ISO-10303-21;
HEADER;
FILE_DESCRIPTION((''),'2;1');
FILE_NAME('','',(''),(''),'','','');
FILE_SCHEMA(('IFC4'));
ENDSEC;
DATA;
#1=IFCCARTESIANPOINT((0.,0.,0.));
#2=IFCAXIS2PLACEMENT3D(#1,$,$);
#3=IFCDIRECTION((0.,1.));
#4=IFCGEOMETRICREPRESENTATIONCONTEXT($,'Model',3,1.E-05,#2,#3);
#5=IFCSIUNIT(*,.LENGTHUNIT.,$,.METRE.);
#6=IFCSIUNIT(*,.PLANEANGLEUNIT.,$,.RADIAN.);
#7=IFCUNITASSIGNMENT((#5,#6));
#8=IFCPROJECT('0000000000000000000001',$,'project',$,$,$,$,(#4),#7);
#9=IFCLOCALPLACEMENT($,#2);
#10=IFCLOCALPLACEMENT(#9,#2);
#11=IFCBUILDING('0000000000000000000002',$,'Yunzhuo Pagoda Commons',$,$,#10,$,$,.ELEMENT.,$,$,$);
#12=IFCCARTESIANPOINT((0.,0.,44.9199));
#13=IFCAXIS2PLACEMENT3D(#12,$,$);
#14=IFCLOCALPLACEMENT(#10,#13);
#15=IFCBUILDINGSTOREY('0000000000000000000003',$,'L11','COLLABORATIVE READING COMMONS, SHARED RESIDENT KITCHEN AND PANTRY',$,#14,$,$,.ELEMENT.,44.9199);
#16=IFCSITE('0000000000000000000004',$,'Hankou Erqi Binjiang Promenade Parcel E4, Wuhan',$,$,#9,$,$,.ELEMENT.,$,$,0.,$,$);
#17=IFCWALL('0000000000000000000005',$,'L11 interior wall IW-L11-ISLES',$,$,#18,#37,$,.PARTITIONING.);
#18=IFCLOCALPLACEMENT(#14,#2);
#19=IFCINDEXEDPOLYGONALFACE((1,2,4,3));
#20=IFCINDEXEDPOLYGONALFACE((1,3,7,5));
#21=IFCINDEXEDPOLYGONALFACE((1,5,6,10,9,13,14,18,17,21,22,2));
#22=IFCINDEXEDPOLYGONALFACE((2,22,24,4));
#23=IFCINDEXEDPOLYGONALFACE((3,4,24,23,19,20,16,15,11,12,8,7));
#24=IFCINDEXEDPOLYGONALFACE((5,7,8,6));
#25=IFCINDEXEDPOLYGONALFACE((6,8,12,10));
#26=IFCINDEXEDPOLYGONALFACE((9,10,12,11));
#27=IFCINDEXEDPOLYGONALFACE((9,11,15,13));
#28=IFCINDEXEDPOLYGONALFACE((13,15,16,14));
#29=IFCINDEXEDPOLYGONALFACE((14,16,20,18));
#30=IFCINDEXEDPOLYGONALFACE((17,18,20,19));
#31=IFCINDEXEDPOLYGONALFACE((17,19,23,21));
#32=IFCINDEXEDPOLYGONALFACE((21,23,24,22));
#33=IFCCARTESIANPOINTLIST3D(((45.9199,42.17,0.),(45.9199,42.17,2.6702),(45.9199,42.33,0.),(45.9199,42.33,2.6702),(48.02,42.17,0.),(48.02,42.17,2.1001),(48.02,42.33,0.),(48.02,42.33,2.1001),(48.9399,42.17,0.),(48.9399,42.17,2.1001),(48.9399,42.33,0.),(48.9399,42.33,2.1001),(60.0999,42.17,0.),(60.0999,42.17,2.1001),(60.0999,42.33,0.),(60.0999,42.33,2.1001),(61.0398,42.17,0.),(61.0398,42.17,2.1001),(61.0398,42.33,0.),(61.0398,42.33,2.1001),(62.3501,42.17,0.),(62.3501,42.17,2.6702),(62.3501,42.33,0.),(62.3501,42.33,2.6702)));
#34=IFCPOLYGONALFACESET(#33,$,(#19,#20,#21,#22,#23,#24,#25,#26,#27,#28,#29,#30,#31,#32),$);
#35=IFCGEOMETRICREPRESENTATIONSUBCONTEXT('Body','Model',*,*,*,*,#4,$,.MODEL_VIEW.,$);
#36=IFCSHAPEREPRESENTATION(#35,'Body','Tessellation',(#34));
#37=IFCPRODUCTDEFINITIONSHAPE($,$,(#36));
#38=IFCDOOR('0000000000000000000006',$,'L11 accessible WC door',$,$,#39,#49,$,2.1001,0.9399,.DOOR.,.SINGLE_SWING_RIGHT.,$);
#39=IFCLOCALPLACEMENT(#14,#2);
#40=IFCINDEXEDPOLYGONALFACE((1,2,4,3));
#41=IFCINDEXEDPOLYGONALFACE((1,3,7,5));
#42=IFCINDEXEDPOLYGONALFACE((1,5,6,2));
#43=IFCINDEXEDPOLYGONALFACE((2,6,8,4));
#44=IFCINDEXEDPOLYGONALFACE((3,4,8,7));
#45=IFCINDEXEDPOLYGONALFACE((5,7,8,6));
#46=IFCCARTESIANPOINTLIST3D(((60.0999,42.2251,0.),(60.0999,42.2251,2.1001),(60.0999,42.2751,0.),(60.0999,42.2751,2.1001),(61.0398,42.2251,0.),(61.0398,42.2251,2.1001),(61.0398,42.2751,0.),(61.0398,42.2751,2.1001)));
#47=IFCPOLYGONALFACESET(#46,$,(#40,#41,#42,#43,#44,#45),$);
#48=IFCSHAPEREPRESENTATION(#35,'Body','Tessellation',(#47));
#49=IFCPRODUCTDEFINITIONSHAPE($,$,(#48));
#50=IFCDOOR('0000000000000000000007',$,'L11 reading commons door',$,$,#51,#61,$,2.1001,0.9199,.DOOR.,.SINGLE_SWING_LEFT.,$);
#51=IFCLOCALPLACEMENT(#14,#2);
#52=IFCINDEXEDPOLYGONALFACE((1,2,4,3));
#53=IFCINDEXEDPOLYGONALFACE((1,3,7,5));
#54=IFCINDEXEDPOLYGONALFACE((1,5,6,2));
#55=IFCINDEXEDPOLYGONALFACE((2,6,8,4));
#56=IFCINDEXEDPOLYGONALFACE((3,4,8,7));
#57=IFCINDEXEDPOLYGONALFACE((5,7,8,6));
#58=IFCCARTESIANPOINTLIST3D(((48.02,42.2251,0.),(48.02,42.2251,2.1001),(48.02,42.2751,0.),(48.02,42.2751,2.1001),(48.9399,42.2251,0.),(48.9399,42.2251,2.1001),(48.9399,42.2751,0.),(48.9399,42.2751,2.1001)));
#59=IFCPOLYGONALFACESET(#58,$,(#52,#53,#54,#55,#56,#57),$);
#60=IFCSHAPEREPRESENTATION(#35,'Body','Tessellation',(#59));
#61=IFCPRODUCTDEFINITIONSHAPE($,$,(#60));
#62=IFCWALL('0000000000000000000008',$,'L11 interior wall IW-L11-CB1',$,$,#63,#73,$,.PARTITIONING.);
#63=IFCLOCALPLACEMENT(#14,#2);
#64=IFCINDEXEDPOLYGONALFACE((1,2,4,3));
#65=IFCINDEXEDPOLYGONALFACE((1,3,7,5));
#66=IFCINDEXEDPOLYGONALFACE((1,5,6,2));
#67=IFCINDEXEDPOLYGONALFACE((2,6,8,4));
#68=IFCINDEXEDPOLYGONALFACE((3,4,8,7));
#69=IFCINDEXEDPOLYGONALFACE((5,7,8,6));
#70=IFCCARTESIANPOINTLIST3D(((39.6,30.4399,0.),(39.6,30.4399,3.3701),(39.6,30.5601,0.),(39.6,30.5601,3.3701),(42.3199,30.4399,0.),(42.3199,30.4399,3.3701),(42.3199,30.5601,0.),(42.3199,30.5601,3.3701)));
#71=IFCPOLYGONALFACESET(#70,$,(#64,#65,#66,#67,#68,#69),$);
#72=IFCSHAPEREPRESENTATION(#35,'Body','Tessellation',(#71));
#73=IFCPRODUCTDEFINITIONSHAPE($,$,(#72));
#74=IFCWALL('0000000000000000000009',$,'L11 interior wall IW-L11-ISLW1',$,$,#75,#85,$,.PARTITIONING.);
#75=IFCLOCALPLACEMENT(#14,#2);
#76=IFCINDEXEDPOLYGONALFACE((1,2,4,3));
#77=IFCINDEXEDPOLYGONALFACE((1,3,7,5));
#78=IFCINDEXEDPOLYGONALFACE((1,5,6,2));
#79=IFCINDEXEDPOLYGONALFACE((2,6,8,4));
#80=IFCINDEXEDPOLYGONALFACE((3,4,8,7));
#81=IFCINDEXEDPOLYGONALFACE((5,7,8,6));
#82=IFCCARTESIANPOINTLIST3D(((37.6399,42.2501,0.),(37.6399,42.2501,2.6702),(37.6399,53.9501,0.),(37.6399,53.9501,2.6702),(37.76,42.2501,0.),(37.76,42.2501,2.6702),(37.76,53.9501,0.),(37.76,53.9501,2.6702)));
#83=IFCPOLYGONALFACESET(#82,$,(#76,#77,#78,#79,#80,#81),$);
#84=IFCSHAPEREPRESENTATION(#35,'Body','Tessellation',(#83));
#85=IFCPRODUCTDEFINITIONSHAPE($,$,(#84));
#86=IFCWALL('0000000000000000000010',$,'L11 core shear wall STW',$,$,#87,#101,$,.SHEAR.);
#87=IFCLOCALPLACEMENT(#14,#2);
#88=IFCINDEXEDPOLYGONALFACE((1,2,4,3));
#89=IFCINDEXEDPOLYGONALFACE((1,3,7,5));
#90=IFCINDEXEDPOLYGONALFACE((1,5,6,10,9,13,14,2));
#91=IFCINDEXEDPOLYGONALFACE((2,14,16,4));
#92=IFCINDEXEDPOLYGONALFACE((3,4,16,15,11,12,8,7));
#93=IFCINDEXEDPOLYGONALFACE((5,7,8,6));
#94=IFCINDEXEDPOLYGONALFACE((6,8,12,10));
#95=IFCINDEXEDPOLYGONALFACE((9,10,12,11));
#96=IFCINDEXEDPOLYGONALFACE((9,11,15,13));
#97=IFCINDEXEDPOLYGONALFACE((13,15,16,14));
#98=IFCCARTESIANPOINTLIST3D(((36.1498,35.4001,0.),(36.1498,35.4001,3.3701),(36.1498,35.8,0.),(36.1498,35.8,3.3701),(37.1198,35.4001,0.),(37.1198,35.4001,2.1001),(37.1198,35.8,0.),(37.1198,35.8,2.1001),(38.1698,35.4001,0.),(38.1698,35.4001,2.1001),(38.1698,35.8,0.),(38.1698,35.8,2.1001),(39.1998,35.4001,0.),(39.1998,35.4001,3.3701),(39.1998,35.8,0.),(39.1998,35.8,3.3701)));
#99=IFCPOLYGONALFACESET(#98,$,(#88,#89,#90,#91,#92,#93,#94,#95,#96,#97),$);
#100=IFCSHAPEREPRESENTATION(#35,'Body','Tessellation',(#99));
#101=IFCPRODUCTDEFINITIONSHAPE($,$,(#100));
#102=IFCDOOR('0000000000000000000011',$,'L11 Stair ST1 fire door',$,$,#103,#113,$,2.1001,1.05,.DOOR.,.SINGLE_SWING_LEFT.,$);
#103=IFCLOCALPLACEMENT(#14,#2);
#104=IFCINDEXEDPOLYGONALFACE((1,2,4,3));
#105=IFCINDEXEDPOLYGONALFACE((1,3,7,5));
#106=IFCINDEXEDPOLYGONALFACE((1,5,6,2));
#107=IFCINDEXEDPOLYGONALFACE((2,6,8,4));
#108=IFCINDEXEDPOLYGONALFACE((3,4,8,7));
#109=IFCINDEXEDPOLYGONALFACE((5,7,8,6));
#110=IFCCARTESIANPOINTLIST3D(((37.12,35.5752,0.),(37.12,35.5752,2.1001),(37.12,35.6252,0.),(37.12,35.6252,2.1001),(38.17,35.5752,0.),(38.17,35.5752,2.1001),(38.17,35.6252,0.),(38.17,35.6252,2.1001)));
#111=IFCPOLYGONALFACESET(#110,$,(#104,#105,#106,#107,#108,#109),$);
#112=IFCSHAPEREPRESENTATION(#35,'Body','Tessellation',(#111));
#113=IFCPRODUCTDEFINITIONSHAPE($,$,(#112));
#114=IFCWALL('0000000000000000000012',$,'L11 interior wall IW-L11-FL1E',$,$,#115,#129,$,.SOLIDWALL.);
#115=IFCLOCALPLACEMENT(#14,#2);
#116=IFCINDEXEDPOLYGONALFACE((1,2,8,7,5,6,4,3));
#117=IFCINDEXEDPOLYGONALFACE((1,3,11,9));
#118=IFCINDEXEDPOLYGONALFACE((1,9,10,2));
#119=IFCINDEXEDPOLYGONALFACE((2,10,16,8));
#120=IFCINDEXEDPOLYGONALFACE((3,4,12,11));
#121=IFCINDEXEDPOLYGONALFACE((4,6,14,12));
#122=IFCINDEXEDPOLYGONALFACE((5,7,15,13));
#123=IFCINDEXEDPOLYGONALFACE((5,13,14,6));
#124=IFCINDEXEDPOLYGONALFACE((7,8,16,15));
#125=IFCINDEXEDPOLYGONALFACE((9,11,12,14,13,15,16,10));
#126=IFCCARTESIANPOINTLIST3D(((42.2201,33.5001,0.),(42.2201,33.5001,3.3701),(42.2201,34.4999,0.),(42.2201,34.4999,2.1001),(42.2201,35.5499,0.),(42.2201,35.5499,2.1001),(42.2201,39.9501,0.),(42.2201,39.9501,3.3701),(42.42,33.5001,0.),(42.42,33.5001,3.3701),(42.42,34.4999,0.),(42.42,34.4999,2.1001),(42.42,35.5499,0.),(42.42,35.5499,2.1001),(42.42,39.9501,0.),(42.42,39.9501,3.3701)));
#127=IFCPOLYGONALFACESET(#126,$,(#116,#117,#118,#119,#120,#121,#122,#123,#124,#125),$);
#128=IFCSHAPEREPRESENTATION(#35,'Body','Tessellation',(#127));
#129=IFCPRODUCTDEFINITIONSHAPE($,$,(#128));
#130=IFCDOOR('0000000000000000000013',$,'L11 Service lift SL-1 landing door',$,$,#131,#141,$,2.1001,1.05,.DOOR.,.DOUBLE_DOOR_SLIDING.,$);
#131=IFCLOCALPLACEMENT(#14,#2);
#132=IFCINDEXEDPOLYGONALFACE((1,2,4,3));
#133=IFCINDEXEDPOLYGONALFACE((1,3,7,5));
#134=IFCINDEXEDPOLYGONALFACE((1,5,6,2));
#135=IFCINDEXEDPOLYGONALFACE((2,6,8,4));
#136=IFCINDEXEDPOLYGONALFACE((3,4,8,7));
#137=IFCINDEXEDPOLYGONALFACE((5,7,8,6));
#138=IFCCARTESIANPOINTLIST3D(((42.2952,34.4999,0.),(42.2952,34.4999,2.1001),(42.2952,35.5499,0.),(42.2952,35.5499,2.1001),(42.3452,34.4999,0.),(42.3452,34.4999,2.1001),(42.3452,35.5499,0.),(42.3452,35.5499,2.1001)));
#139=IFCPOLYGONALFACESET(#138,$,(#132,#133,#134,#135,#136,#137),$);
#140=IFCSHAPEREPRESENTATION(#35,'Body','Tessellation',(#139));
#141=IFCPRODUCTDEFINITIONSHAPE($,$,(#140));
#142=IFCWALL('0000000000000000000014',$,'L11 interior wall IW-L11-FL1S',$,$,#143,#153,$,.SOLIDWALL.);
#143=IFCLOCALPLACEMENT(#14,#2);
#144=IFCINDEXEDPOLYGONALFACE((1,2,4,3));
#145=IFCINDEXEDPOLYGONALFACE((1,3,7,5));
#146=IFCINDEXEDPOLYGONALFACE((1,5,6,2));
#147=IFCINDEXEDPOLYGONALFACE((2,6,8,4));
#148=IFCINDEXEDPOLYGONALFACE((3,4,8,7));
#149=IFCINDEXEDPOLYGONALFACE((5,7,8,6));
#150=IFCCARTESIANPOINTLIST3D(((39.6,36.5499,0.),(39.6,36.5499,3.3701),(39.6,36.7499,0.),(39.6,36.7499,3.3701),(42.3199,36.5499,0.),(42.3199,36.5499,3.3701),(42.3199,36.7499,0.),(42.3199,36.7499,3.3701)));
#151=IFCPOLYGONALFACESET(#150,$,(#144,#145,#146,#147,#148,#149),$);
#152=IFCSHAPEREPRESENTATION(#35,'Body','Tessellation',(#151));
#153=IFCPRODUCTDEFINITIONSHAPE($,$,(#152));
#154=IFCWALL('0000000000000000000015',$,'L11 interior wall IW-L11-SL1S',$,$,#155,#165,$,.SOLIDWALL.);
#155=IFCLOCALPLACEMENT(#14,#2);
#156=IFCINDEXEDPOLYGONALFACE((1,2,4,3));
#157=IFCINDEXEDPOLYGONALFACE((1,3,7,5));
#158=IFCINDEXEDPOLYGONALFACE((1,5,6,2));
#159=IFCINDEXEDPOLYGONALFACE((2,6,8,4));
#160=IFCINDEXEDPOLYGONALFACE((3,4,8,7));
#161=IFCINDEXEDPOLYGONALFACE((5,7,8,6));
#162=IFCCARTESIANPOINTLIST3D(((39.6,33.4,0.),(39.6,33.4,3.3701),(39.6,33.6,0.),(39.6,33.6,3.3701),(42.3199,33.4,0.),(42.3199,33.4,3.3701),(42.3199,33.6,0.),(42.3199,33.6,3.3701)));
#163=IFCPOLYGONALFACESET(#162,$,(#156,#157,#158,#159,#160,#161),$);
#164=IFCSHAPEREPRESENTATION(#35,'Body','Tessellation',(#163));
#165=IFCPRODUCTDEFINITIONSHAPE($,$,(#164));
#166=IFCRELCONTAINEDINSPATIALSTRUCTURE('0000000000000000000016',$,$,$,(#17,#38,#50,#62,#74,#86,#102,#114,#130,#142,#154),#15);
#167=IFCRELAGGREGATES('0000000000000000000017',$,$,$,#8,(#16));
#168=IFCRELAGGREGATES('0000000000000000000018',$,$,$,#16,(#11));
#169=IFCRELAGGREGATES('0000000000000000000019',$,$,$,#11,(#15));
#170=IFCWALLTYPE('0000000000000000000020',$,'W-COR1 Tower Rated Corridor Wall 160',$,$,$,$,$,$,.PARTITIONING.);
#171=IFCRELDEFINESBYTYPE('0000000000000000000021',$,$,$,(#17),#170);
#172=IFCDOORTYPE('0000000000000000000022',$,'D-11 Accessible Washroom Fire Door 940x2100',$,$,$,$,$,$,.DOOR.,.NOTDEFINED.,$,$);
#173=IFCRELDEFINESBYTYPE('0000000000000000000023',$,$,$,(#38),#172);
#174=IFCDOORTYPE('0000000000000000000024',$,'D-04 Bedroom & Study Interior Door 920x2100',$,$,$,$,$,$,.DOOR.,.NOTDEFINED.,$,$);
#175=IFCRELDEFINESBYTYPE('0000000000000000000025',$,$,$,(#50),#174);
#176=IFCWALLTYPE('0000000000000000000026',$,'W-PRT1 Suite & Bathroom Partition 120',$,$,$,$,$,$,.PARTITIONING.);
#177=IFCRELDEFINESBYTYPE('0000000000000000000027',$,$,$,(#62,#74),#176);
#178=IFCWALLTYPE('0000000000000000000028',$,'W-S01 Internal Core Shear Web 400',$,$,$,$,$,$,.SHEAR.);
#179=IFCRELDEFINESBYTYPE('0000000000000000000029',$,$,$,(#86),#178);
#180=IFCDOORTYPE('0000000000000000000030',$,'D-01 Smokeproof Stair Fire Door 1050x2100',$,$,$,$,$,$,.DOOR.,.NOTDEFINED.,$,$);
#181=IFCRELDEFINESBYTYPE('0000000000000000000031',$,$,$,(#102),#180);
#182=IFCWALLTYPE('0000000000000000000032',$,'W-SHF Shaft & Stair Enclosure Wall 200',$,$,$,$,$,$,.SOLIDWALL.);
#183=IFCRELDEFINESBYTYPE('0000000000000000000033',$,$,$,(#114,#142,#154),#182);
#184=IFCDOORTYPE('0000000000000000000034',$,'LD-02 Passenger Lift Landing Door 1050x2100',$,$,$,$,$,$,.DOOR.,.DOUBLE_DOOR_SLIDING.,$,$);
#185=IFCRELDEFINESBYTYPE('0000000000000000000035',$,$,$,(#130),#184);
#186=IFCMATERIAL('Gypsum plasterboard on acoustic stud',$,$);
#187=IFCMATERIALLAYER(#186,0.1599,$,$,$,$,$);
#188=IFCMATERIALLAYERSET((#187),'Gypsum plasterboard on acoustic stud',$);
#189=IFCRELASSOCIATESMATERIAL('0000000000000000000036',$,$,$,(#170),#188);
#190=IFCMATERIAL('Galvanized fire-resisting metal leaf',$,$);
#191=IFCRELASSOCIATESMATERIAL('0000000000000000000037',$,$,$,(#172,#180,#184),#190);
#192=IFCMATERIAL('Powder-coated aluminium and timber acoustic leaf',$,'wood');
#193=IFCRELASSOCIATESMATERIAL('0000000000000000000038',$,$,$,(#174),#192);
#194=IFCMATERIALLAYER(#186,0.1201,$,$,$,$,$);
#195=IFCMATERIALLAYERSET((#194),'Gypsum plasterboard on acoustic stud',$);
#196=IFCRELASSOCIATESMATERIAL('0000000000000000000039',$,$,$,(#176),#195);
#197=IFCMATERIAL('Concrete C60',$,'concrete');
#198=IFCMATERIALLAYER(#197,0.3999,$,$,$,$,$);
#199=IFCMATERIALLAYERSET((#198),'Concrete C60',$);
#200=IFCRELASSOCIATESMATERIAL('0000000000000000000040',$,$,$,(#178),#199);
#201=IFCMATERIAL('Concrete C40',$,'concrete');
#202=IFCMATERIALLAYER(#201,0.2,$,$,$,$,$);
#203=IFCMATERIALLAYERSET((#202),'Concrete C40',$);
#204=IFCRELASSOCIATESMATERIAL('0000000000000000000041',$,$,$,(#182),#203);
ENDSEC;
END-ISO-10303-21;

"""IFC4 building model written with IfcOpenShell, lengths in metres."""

from ifc_helpers import new_model, si_unit, direction, frame, frame_2d, origin, origin_with_axes, place, context, subcontext, project, spatial, rectangle, extrude, source, transform, mapped, material, layer, layer_set, type_object, element, fill, save


model = new_model("IFC4")

# Units and contexts
model_context = context("Model", 3, precision=1e-05, world=origin(), true_north=direction((0.0, 1.0)))
body_context = subcontext(model_context, "Body", "Model", "MODEL_VIEW")
ifc_project = project(units=[si_unit("LENGTHUNIT", "METRE"), si_unit("PLANEANGLEUNIT", "RADIAN")], contexts=[model_context])

# Site, building, storey
site_placement = place(None, origin())
site = spatial("IfcSite", under=ifc_project, at=site_placement, Name="Hankou Erqi Binjiang Promenade Parcel E4, Wuhan", CompositionType="ELEMENT", RefElevation=0.0)
building_placement = place(site_placement, origin())
building = spatial("IfcBuilding", under=site, at=building_placement, Name="Yunzhuo Pagoda Commons", CompositionType="ELEMENT")
storey_placement = place(building_placement, frame((0.0, 0.0, 44.9199)))
storey = spatial("IfcBuildingStorey", under=building, at=storey_placement, Name="L11", Description="COLLABORATIVE READING COMMONS, SHARED RESIDENT KITCHEN AND PANTRY", CompositionType="ELEMENT", Elevation=44.9199)

# Shared definitions
ifc_material_1 = material(Name="Gypsum plasterboard on acoustic stud")
ifc_layer_1 = layer(ifc_material_1, 0.1599)
ifc_layer_set_1 = layer_set([ifc_layer_1], Name="Gypsum plasterboard on acoustic stud")
wall_type_1 = type_object("IfcWallType", Name="W-COR1 Tower Rated Corridor Wall 160", PredefinedType="PARTITIONING", material=ifc_layer_set_1)

# Wall, openings, doors
wall_1_placement = place(storey_placement, frame((45.9199, 42.25, 0.0), z_axis=(0.0, 0.0, 1.0), x_axis=(1.0, 0.0, 0.0)))
wall_1 = element("IfcWall", 1, at=wall_1_placement, inside=storey, type_object=wall_type_1, Name="L11 interior wall IW-L11-ISLES", PredefinedType="PARTITIONING", context=body_context, shape_type="SweptSolid", body=[
    extrude(rectangle(XDim=16.4302, YDim=0.1599, at=frame_2d((8.2151, 0.0))), origin(), (0.0, 0.0, 1.0), 2.6702),
])
opening_1_placement = place(wall_1_placement, frame((2.1001, 0.0, 0.0)))
opening_1 = element("IfcOpeningElement", 2, at=opening_1_placement, cuts=wall_1, PredefinedType="OPENING", context=body_context, shape_type="SweptSolid", body=[
    extrude(rectangle(XDim=0.9199, YDim=2.1001, at=frame_2d((0.46, 1.05))), frame((0.0, 0.0898, 0.0), z_axis=(0.0, -1.0, 0.0), x_axis=(1.0, 0.0, 0.0)), (0.0, 0.0, 1.0), 0.1799),
])
opening_2_placement = place(wall_1_placement, frame((14.1799, 0.0, 0.0)))
opening_2 = element("IfcOpeningElement", 3, at=opening_2_placement, cuts=wall_1, PredefinedType="OPENING", context=body_context, shape_type="SweptSolid", body=[
    extrude(rectangle(XDim=0.9399, YDim=2.1001, at=frame_2d((0.47, 1.05))), frame((0.0, 0.0898, 0.0), z_axis=(0.0, -1.0, 0.0), x_axis=(1.0, 0.0, 0.0)), (0.0, 0.0, 1.0), 0.1799),
])
ifc_material_2 = material(Name="Galvanized fire-resisting metal leaf")
door_type_1 = type_object("IfcDoorType", Name="D-11 Accessible Washroom Fire Door 940x2100", OperationType="NOTDEFINED", PredefinedType="DOOR", material=ifc_material_2)
shared_shape_1 = source(origin(), body_context, "Body", "SweptSolid", [
    extrude(rectangle(XDim=0.9399, YDim=2.1001, at=frame_2d((0.47, 1.05))), frame((0.0, 0.0249, 0.0), z_axis=(0.0, -1.0, 0.0), x_axis=(1.0, 0.0, 0.0)), (0.0, 0.0, 1.0), 0.05),
])
door_1_placement = place(opening_2_placement, frame((0.9399, 0.0, 0.0), z_axis=(0.0, 0.0, 1.0), x_axis=(-1.0, 0.0, 0.0)))
door_1 = element("IfcDoor", 4, at=door_1_placement, inside=storey, type_object=door_type_1, Name="L11 accessible WC door", OperationType="SINGLE_SWING_RIGHT", OverallHeight=2.1001, OverallWidth=0.9399, PredefinedType="DOOR", context=body_context, shape_type="MappedRepresentation", body=[
    mapped(shared_shape_1, transform((0.0, 0.0, 0.0), scale=1.0)),
])
fill(opening_2, door_1)
ifc_material_3 = material(Name="Powder-coated aluminium and timber acoustic leaf", Category="wood")
door_type_2 = type_object("IfcDoorType", Name="D-04 Bedroom & Study Interior Door 920x2100", OperationType="NOTDEFINED", PredefinedType="DOOR", material=ifc_material_3)
shared_shape_2 = source(origin(), body_context, "Body", "SweptSolid", [
    extrude(rectangle(XDim=0.9199, YDim=2.1001, at=frame_2d((0.46, 1.05))), frame((0.0, 0.0249, 0.0), z_axis=(0.0, -1.0, 0.0), x_axis=(1.0, 0.0, 0.0)), (0.0, 0.0, 1.0), 0.05),
])
door_2_placement = place(opening_1_placement, frame((0.9199, 0.0, 0.0), z_axis=(0.0, 0.0, 1.0), x_axis=(-1.0, 0.0, 0.0)))
door_2 = element("IfcDoor", 5, at=door_2_placement, inside=storey, type_object=door_type_2, Name="L11 reading commons door", OperationType="SINGLE_SWING_LEFT", OverallHeight=2.1001, OverallWidth=0.9199, PredefinedType="DOOR", context=body_context, shape_type="MappedRepresentation", body=[
    mapped(shared_shape_2, transform((0.0, 0.0, 0.0), scale=1.0)),
])
fill(opening_1, door_2)

# Walls
ifc_layer_2 = layer(ifc_material_1, 0.1201)
ifc_layer_set_2 = layer_set([ifc_layer_2], Name="Gypsum plasterboard on acoustic stud")
wall_type_2 = type_object("IfcWallType", Name="W-PRT1 Suite & Bathroom Partition 120", PredefinedType="PARTITIONING", material=ifc_layer_set_2)
wall_2_placement = place(storey_placement, frame((39.6001, 30.5, 0.0), z_axis=(0.0, 0.0, 1.0), x_axis=(1.0, 0.0, 0.0)))
element("IfcWall", 6, at=wall_2_placement, inside=storey, type_object=wall_type_2, Name="L11 interior wall IW-L11-CB1", PredefinedType="PARTITIONING", context=body_context, shape_type="SweptSolid", body=[
    extrude(rectangle(XDim=2.72, YDim=0.1201, at=frame_2d((1.3599, 0.0))), origin(), (0.0, 0.0, 1.0), 3.3701),
])
wall_3_placement = place(storey_placement, frame((37.7, 42.25, 0.0), z_axis=(0.0, 0.0, 1.0), x_axis=(0.0, 1.0, 0.0)))
element("IfcWall", 7, at=wall_3_placement, inside=storey, type_object=wall_type_2, Name="L11 interior wall IW-L11-ISLW1", PredefinedType="PARTITIONING", context=body_context, shape_type="SweptSolid", body=[
    extrude(rectangle(XDim=11.7, YDim=0.1201, at=frame_2d((5.8501, 0.0))), origin(), (0.0, 0.0, 1.0), 2.6702),
])

# Walls, openings, doors
ifc_material_4 = material(Name="Concrete C60", Category="concrete")
ifc_layer_3 = layer(ifc_material_4, 0.3999)
ifc_layer_set_3 = layer_set([ifc_layer_3], Name="Concrete C60")
wall_type_3 = type_object("IfcWallType", Name="W-S01 Internal Core Shear Web 400", PredefinedType="SHEAR", material=ifc_layer_set_3)
wall_4_placement = place(storey_placement, frame((36.1499, 35.6001, 0.0), z_axis=(0.0, 0.0, 1.0), x_axis=(1.0, 0.0, 0.0)))
wall_4 = element("IfcWall", 8, at=wall_4_placement, inside=storey, type_object=wall_type_3, Name="L11 core shear wall STW", PredefinedType="SHEAR", context=body_context, shape_type="SweptSolid", body=[
    extrude(rectangle(XDim=3.05, YDim=0.3999, at=frame_2d((1.5249, 0.0))), origin(), (0.0, 0.0, 1.0), 3.3701),
])
opening_3_placement = place(wall_4_placement, frame((0.97, 0.0, 0.0)))
opening_3 = element("IfcOpeningElement", 9, at=opening_3_placement, cuts=wall_4, PredefinedType="OPENING", context=body_context, shape_type="SweptSolid", body=[
    extrude(rectangle(XDim=1.05, YDim=2.1001, at=frame_2d((0.5249, 1.05))), frame((0.0, 0.21, 0.0), z_axis=(0.0, -1.0, 0.0), x_axis=(1.0, 0.0, 0.0)), (0.0, 0.0, 1.0), 0.4199),
])
door_type_3 = type_object("IfcDoorType", Name="D-01 Smokeproof Stair Fire Door 1050x2100", OperationType="NOTDEFINED", PredefinedType="DOOR", material=ifc_material_2)
shared_shape_3 = source(origin(), body_context, "Body", "SweptSolid", [
    extrude(rectangle(XDim=1.05, YDim=2.1001, at=frame_2d((0.5249, 1.05))), frame((0.0, 0.0249, 0.0), z_axis=(0.0, -1.0, 0.0), x_axis=(1.0, 0.0, 0.0)), (0.0, 0.0, 1.0), 0.05),
])
door_3_placement = place(opening_3_placement, frame((1.05, 0.0, 0.0), z_axis=(0.0, 0.0, 1.0), x_axis=(-1.0, 0.0, 0.0)))
door_3 = element("IfcDoor", 10, at=door_3_placement, inside=storey, type_object=door_type_3, Name="L11 Stair ST1 fire door", OperationType="SINGLE_SWING_LEFT", OverallHeight=2.1001, OverallWidth=1.05, PredefinedType="DOOR", context=body_context, shape_type="MappedRepresentation", body=[
    mapped(shared_shape_3, transform((0.0, 0.0, 0.0), scale=1.0)),
])
fill(opening_3, door_3)
ifc_material_5 = material(Name="Concrete C40", Category="concrete")
ifc_layer_4 = layer(ifc_material_5, 0.2)
ifc_layer_set_4 = layer_set([ifc_layer_4], Name="Concrete C40")
wall_type_4 = type_object("IfcWallType", Name="W-SHF Shaft & Stair Enclosure Wall 200", PredefinedType="SOLIDWALL", material=ifc_layer_set_4)
wall_5_placement = place(storey_placement, frame((42.3201, 33.5, 0.0), z_axis=(0.0, 0.0, 1.0), x_axis=(0.0, 1.0, 0.0)))
wall_5 = element("IfcWall", 11, at=wall_5_placement, inside=storey, type_object=wall_type_4, Name="L11 interior wall IW-L11-FL1E", PredefinedType="SOLIDWALL", context=body_context, shape_type="SweptSolid", body=[
    extrude(rectangle(XDim=6.45, YDim=0.2, at=frame_2d((3.2251, 0.0))), origin(), (0.0, 0.0, 1.0), 3.3701),
])
opening_4_placement = place(wall_5_placement, frame((1.0, 0.0, 0.0)))
opening_4 = element("IfcOpeningElement", 12, at=opening_4_placement, cuts=wall_5, PredefinedType="OPENING", context=body_context, shape_type="SweptSolid", body=[
    extrude(rectangle(XDim=1.05, YDim=2.1001, at=frame_2d((0.5249, 1.05))), frame((0.0, 0.1099, 0.0), z_axis=(0.0, -1.0, 0.0), x_axis=(1.0, 0.0, 0.0)), (0.0, 0.0, 1.0), 0.22),
])
door_type_4 = type_object("IfcDoorType", Name="LD-02 Passenger Lift Landing Door 1050x2100", OperationType="DOUBLE_DOOR_SLIDING", PredefinedType="DOOR", material=ifc_material_2)
door_4_placement = place(opening_4_placement, origin_with_axes())
door_4 = element("IfcDoor", 13, at=door_4_placement, inside=storey, type_object=door_type_4, Name="L11 Service lift SL-1 landing door", OperationType="DOUBLE_DOOR_SLIDING", OverallHeight=2.1001, OverallWidth=1.05, PredefinedType="DOOR", context=body_context, shape_type="MappedRepresentation", body=[
    mapped(shared_shape_3, transform((0.0, 0.0, 0.0), scale=1.0)),
])
fill(opening_4, door_4)

# Walls
for number, where, z_axis, x_axis, name in (
    (14, (39.6001, 36.6499, 0.0), (0.0, 0.0, 1.0), (1.0, 0.0, 0.0), "L11 interior wall IW-L11-FL1S"),
    (15, (39.6001, 33.5, 0.0), (0.0, 0.0, 1.0), (1.0, 0.0, 0.0), "L11 interior wall IW-L11-SL1S"),
):
    element("IfcWall", number, at=place(storey_placement, frame(where, z_axis=z_axis, x_axis=x_axis)), inside=storey, type_object=wall_type_4, Name=name, PredefinedType="SOLIDWALL", context=body_context, shape_type="SweptSolid", body=[
        extrude(rectangle(XDim=2.72, YDim=0.2, at=frame_2d((1.3599, 0.0))), origin(), (0.0, 0.0, 1.0), 3.3701),
    ])

save(model, "model.ifc")
